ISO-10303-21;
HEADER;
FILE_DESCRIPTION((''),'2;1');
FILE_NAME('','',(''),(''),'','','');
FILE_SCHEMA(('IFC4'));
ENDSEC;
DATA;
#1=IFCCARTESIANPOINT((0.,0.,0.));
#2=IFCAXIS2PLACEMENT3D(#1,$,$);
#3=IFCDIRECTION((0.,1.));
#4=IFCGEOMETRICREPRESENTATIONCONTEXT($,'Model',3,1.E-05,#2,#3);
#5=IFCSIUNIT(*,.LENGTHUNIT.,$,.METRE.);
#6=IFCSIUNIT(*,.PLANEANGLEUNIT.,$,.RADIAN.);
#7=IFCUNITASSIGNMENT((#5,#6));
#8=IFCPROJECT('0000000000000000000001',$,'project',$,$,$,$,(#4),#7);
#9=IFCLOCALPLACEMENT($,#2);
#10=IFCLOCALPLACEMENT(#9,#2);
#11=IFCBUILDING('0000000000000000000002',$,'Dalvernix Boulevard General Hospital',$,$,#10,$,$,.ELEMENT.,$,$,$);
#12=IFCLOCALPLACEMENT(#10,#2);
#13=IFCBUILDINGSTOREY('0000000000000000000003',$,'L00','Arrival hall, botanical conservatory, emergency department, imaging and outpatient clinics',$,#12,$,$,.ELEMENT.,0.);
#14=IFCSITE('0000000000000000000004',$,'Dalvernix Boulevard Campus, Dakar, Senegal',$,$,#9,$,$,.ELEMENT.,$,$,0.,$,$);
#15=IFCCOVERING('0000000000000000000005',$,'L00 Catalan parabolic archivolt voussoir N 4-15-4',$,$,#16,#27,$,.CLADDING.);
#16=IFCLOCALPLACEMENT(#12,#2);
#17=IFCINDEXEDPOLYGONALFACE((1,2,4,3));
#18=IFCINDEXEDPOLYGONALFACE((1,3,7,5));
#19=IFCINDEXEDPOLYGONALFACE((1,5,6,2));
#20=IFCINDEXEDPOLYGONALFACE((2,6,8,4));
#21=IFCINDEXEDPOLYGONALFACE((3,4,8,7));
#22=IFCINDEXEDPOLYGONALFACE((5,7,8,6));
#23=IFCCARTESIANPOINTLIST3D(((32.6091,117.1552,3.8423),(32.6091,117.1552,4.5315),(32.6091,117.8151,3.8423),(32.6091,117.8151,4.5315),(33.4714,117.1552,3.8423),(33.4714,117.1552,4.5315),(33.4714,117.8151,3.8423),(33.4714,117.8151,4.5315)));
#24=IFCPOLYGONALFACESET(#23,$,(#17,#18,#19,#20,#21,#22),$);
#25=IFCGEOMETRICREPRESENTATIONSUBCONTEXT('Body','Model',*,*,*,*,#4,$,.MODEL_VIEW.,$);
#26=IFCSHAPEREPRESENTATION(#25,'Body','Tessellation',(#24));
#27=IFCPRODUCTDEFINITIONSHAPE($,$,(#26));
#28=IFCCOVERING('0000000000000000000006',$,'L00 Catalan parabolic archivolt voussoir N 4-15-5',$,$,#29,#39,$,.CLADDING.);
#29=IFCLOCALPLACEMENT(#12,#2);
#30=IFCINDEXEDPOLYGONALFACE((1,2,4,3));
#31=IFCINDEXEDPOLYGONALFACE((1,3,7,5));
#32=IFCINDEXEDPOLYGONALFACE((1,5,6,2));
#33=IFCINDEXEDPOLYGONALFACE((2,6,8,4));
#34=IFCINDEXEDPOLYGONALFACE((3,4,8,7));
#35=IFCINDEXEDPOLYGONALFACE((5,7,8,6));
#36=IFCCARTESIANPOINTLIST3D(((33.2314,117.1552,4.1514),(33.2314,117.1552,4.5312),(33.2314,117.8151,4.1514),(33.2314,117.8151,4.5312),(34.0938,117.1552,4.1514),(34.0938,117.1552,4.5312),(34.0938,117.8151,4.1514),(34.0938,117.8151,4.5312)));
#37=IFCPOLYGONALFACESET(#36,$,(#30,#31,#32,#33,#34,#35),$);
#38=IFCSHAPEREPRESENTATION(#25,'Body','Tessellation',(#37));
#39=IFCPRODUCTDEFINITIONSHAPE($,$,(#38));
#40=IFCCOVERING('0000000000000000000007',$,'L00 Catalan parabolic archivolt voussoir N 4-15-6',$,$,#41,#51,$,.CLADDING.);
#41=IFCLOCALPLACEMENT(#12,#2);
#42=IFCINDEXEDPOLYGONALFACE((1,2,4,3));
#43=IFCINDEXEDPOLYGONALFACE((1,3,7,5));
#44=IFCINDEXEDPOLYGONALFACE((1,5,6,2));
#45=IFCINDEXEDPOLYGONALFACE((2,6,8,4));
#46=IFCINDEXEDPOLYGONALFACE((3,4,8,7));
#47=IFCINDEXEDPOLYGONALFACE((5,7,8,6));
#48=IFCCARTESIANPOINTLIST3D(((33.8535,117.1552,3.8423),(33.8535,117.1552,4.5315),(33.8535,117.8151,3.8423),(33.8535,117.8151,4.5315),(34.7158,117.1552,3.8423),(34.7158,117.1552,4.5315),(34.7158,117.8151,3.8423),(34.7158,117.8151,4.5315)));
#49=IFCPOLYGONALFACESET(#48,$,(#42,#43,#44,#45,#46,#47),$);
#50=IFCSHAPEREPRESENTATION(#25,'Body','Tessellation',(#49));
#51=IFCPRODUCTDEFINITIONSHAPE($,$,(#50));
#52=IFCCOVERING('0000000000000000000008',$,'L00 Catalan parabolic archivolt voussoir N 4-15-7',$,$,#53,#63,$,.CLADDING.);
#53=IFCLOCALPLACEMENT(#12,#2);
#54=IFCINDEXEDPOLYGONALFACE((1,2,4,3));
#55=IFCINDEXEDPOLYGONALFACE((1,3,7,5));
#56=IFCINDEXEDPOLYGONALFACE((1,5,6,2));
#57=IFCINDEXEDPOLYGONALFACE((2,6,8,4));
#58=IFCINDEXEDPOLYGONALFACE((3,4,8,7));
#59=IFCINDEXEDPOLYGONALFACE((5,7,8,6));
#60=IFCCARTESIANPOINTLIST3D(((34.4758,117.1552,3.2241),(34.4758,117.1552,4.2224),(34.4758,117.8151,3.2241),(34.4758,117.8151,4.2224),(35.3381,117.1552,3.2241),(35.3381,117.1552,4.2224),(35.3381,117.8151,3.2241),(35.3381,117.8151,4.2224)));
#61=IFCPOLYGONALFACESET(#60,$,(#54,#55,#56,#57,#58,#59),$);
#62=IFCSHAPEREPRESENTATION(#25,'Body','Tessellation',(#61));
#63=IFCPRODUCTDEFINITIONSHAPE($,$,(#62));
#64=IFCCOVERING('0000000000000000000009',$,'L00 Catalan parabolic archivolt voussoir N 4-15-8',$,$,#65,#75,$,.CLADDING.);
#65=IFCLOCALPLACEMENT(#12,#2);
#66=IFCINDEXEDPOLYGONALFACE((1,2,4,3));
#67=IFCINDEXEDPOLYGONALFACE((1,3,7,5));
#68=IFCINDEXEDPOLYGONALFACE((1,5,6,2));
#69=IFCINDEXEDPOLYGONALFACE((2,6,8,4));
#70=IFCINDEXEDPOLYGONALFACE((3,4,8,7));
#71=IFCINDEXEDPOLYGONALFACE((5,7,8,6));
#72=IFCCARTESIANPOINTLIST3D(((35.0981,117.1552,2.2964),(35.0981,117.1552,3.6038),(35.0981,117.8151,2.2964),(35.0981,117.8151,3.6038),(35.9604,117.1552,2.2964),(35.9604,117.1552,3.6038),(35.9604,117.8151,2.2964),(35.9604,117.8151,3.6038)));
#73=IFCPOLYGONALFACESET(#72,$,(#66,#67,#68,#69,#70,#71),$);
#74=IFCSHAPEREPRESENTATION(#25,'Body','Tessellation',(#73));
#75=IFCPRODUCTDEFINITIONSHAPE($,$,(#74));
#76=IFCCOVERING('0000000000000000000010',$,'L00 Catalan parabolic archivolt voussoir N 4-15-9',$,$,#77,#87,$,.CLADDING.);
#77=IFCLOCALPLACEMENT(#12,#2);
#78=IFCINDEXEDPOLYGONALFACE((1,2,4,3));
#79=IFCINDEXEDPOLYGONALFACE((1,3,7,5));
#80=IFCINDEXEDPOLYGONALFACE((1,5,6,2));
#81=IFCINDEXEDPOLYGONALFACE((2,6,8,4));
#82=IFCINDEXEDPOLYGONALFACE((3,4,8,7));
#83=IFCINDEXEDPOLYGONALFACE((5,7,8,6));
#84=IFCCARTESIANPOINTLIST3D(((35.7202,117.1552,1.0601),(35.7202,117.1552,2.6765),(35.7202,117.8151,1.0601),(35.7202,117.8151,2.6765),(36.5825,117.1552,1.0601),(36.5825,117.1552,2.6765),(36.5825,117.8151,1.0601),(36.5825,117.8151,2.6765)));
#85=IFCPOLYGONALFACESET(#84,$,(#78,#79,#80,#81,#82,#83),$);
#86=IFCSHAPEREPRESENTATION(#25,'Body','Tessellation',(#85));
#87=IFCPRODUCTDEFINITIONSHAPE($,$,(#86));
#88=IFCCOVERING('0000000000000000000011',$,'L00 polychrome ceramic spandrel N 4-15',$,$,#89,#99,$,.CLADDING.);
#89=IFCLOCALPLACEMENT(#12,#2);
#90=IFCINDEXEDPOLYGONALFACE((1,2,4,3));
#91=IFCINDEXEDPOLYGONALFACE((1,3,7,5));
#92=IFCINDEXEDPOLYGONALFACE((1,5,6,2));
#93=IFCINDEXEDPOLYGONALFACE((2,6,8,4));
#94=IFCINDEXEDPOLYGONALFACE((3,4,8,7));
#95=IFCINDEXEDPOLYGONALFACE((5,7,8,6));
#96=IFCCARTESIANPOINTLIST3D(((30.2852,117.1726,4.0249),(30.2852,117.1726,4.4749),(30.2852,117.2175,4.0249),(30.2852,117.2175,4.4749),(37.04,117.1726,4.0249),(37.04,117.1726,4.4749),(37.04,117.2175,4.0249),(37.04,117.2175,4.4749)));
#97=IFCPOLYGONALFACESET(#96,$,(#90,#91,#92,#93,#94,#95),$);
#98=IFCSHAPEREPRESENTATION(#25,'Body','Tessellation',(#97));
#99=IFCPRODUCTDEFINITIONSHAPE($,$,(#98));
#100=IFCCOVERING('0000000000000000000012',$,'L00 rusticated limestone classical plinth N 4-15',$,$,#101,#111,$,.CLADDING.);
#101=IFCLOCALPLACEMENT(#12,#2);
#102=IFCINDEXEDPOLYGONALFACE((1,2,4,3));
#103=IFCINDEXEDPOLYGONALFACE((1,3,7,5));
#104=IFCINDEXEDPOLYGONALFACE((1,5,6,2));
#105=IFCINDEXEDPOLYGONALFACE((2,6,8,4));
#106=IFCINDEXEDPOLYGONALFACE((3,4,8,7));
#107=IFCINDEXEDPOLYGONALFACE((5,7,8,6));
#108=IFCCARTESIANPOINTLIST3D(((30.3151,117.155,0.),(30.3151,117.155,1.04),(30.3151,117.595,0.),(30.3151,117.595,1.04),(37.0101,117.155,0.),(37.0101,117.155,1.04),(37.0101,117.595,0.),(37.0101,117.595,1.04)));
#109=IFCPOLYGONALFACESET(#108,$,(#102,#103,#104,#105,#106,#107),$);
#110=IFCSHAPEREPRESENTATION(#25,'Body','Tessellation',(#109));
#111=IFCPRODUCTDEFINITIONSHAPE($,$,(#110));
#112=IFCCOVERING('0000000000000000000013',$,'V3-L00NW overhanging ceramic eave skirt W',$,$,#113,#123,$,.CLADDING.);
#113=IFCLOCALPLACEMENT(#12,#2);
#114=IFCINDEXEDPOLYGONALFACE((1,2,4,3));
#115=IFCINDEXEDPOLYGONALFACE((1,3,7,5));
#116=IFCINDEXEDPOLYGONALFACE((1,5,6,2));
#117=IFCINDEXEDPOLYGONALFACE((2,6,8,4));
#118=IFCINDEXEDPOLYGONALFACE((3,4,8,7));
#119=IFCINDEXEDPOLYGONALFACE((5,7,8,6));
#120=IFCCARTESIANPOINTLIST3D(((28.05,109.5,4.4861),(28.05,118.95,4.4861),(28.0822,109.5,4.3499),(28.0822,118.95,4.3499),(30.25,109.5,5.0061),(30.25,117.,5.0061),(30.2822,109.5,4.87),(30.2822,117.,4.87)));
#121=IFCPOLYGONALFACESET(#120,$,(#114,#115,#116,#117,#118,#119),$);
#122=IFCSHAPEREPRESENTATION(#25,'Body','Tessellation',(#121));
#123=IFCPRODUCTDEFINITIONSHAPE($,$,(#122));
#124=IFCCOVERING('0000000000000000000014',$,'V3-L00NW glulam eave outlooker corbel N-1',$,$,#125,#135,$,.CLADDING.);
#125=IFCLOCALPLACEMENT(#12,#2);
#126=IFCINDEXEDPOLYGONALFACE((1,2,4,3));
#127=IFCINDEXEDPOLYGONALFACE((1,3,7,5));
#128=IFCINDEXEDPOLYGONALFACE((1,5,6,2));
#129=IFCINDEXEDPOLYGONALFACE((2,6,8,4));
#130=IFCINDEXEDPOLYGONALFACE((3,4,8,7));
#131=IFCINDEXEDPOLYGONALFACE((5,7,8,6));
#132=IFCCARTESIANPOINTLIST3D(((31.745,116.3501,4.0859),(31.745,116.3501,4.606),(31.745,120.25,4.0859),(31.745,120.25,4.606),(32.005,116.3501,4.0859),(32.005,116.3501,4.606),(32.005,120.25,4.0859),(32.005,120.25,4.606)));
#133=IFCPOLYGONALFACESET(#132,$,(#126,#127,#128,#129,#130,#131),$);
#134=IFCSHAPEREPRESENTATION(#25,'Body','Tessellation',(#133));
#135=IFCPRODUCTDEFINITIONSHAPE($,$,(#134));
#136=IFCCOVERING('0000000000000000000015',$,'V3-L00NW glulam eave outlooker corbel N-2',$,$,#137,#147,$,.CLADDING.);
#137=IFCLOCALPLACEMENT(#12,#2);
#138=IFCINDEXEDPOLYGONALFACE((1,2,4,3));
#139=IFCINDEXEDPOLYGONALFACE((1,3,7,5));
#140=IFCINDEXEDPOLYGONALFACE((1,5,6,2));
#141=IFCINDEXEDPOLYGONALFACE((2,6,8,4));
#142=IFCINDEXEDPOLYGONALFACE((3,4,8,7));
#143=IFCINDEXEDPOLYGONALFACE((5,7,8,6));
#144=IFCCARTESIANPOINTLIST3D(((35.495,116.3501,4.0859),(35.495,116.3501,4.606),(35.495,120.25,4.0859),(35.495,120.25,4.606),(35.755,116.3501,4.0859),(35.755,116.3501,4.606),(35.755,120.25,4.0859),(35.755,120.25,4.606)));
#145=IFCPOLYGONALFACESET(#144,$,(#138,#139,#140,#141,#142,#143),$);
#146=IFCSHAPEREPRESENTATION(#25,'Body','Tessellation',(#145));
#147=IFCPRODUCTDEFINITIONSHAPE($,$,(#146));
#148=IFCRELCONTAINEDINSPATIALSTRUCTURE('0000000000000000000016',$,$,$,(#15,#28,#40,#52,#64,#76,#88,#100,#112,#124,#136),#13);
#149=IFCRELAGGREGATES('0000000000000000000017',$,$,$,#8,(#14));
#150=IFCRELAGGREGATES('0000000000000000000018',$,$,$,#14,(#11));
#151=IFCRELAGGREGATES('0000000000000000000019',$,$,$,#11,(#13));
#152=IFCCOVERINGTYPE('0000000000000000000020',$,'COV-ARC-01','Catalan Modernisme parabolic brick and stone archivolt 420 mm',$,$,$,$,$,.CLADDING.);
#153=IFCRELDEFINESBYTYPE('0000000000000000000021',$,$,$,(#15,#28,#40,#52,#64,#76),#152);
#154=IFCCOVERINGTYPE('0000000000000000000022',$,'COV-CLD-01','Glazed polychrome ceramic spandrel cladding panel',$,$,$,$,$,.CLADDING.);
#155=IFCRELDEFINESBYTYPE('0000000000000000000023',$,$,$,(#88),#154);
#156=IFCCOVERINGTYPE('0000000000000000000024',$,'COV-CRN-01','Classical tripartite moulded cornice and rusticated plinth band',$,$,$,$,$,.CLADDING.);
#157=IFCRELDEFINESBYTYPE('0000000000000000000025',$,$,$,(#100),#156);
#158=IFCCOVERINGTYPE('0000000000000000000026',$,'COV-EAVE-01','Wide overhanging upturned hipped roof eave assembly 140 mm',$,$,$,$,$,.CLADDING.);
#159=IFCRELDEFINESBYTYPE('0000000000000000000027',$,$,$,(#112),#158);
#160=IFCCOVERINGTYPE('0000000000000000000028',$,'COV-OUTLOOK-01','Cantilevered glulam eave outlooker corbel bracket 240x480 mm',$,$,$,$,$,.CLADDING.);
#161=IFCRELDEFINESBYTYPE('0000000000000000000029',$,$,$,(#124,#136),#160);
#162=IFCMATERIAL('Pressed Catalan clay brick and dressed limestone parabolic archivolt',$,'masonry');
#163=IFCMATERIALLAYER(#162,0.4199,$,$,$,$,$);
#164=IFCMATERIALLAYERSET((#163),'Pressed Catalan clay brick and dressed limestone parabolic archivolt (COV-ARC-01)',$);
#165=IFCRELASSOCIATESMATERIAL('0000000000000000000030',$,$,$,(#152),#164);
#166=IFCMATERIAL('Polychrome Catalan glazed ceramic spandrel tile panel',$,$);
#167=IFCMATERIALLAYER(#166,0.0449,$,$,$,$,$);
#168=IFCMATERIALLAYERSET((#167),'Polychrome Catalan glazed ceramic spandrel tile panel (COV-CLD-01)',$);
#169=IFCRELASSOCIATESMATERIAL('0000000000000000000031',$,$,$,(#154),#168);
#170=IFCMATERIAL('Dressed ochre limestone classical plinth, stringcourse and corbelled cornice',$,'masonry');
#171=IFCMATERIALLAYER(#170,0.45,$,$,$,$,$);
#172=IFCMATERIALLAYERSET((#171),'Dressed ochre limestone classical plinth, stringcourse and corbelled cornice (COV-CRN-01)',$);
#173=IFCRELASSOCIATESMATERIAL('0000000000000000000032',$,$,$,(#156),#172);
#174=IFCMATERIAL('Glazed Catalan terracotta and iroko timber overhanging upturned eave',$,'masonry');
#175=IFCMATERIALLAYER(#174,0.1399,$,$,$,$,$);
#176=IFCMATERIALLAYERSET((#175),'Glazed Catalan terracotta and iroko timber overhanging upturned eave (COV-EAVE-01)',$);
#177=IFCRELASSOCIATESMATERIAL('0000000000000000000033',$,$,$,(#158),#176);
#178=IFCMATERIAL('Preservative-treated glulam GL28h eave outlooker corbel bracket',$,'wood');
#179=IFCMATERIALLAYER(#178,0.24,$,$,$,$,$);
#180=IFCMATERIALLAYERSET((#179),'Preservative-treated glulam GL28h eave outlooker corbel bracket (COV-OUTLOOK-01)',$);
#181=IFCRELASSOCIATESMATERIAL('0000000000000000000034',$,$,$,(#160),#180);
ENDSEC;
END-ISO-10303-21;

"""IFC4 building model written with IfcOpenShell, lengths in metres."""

from ifc_helpers import new_model, si_unit, direction, frame, origin, origin_2d, place, context, subcontext, project, spatial, polyline, rectangle, outline, extrude, material, layer, layer_set, type_object, element, save


model = new_model("IFC4")

# Units and contexts
model_context = context("Model", 3, precision=1e-05, world=origin(), true_north=direction((0.0, 1.0)))
body_context = subcontext(model_context, "Body", "Model", "MODEL_VIEW")
ifc_project = project(units=[si_unit("LENGTHUNIT", "METRE"), si_unit("PLANEANGLEUNIT", "RADIAN")], contexts=[model_context])

# Site, building, storey
site_placement = place(None, origin())
site = spatial("IfcSite", under=ifc_project, at=site_placement, Name="Dalvernix Boulevard Campus, Dakar, Senegal", CompositionType="ELEMENT", RefElevation=0.0)
building_placement = place(site_placement, origin())
building = spatial("IfcBuilding", under=site, at=building_placement, Name="Dalvernix Boulevard General Hospital", CompositionType="ELEMENT")
storey_placement = place(building_placement, origin())
storey = spatial("IfcBuildingStorey", under=building, at=storey_placement, Name="L00", Description="Arrival hall, botanical conservatory, emergency department, imaging and outpatient clinics", CompositionType="ELEMENT", Elevation=0.0)

# Coverings
ifc_material_1 = material(Name="Pressed Catalan clay brick and dressed limestone parabolic archivolt", Category="masonry")
ifc_layer_1 = layer(ifc_material_1, 0.4199)
ifc_layer_set_1 = layer_set([ifc_layer_1], Name="Pressed Catalan clay brick and dressed limestone parabolic archivolt (COV-ARC-01)")
covering_type_1 = type_object("IfcCoveringType", Name="COV-ARC-01", Description="Catalan Modernisme parabolic brick and stone archivolt 420 mm", PredefinedType="CLADDING", material=ifc_layer_set_1)
covering_1_placement = place(storey_placement, frame((33.0403, 117.4851, 3.8423), z_axis=(0.0, 0.0, 1.0), x_axis=(1.0, 0.0, 0.0)))
element("IfcCovering", 1, at=covering_1_placement, inside=storey, type_object=covering_type_1, Name="L00 Catalan parabolic archivolt voussoir N 4-15-4", PredefinedType="CLADDING", context=body_context, shape_type="SweptSolid", body=[
    extrude(rectangle(XDim=0.8623, YDim=0.6599, at=origin_2d()), origin(), (0.0, 0.0, 1.0), 0.6892),
])
covering_2_placement = place(storey_placement, frame((33.6626, 117.4851, 4.1514), z_axis=(0.0, 0.0, 1.0), x_axis=(1.0, 0.0, 0.0)))
element("IfcCovering", 2, at=covering_2_placement, inside=storey, type_object=covering_type_1, Name="L00 Catalan parabolic archivolt voussoir N 4-15-5", PredefinedType="CLADDING", context=body_context, shape_type="SweptSolid", body=[
    extrude(rectangle(XDim=0.8623, YDim=0.6599, at=origin_2d()), origin(), (0.0, 0.0, 1.0), 0.3799),
])
covering_3_placement = place(storey_placement, frame((34.2847, 117.4851, 3.8423), z_axis=(0.0, 0.0, 1.0), x_axis=(1.0, 0.0, 0.0)))
element("IfcCovering", 3, at=covering_3_placement, inside=storey, type_object=covering_type_1, Name="L00 Catalan parabolic archivolt voussoir N 4-15-6", PredefinedType="CLADDING", context=body_context, shape_type="SweptSolid", body=[
    extrude(rectangle(XDim=0.8623, YDim=0.6599, at=origin_2d()), origin(), (0.0, 0.0, 1.0), 0.6892),
])
covering_4_placement = place(storey_placement, frame((34.907, 117.4851, 3.2241), z_axis=(0.0, 0.0, 1.0), x_axis=(1.0, 0.0, 0.0)))
element("IfcCovering", 4, at=covering_4_placement, inside=storey, type_object=covering_type_1, Name="L00 Catalan parabolic archivolt voussoir N 4-15-7", PredefinedType="CLADDING", context=body_context, shape_type="SweptSolid", body=[
    extrude(rectangle(XDim=0.8623, YDim=0.6599, at=origin_2d()), origin(), (0.0, 0.0, 1.0), 0.9983),
])
covering_5_placement = place(storey_placement, frame((35.5293, 117.4851, 2.2964), z_axis=(0.0, 0.0, 1.0), x_axis=(1.0, 0.0, 0.0)))
element("IfcCovering", 5, at=covering_5_placement, inside=storey, type_object=covering_type_1, Name="L00 Catalan parabolic archivolt voussoir N 4-15-8", PredefinedType="CLADDING", context=body_context, shape_type="SweptSolid", body=[
    extrude(rectangle(XDim=0.8623, YDim=0.6599, at=origin_2d()), origin(), (0.0, 0.0, 1.0), 1.3074),
])
covering_6_placement = place(storey_placement, frame((36.1514, 117.4851, 1.0601), z_axis=(0.0, 0.0, 1.0), x_axis=(1.0, 0.0, 0.0)))
element("IfcCovering", 6, at=covering_6_placement, inside=storey, type_object=covering_type_1, Name="L00 Catalan parabolic archivolt voussoir N 4-15-9", PredefinedType="CLADDING", context=body_context, shape_type="SweptSolid", body=[
    extrude(rectangle(XDim=0.8623, YDim=0.6599, at=origin_2d()), origin(), (0.0, 0.0, 1.0), 1.6165),
])
ifc_material_2 = material(Name="Polychrome Catalan glazed ceramic spandrel tile panel")
ifc_layer_2 = layer(ifc_material_2, 0.0449)
ifc_layer_set_2 = layer_set([ifc_layer_2], Name="Polychrome Catalan glazed ceramic spandrel tile panel (COV-CLD-01)")
covering_type_2 = type_object("IfcCoveringType", Name="COV-CLD-01", Description="Glazed polychrome ceramic spandrel cladding panel", PredefinedType="CLADDING", material=ifc_layer_set_2)
covering_7_placement = place(storey_placement, frame((33.6626, 117.1951, 4.0249), z_axis=(0.0, 0.0, 1.0), x_axis=(1.0, 0.0, 0.0)))
element("IfcCovering", 7, at=covering_7_placement, inside=storey, type_object=covering_type_2, Name="L00 polychrome ceramic spandrel N 4-15", PredefinedType="CLADDING", context=body_context, shape_type="SweptSolid", body=[
    extrude(rectangle(XDim=6.7549, YDim=0.0449, at=origin_2d()), origin(), (0.0, 0.0, 1.0), 0.45),
])
ifc_material_3 = material(Name="Dressed ochre limestone classical plinth, stringcourse and corbelled cornice", Category="masonry")
ifc_layer_3 = layer(ifc_material_3, 0.45)
ifc_layer_set_3 = layer_set([ifc_layer_3], Name="Dressed ochre limestone classical plinth, stringcourse and corbelled cornice (COV-CRN-01)")
covering_type_3 = type_object("IfcCoveringType", Name="COV-CRN-01", Description="Classical tripartite moulded cornice and rusticated plinth band", PredefinedType="CLADDING", material=ifc_layer_set_3)
covering_8_placement = place(storey_placement, frame((33.6626, 117.375, 0.0), z_axis=(0.0, 0.0, 1.0), x_axis=(1.0, 0.0, 0.0)))
element("IfcCovering", 8, at=covering_8_placement, inside=storey, type_object=covering_type_3, Name="L00 rusticated limestone classical plinth N 4-15", PredefinedType="CLADDING", context=body_context, shape_type="SweptSolid", body=[
    extrude(rectangle(XDim=6.6951, YDim=0.4399, at=origin_2d()), origin(), (0.0, 0.0, 1.0), 1.04),
])
ifc_material_4 = material(Name="Glazed Catalan terracotta and iroko timber overhanging upturned eave", Category="masonry")
ifc_layer_4 = layer(ifc_material_4, 0.1399)
ifc_layer_set_4 = layer_set([ifc_layer_4], Name="Glazed Catalan terracotta and iroko timber overhanging upturned eave (COV-EAVE-01)")
covering_type_4 = type_object("IfcCoveringType", Name="COV-EAVE-01", Description="Wide overhanging upturned hipped roof eave assembly 140 mm", PredefinedType="CLADDING", material=ifc_layer_set_4)
covering_9_placement = place(storey_placement, frame((30.25, 117.0, 5.0061), z_axis=(-0.230038, 0.0, 0.973182), x_axis=(0.0, -1.0, 0.0)))
element("IfcCovering", 9, at=covering_9_placement, inside=storey, type_object=covering_type_4, Name="V3-L00NW overhanging ceramic eave skirt W", PredefinedType="CLADDING", context=body_context, shape_type="SweptSolid", body=[
    extrude(outline(polyline([(0.0, 0.0), (7.5, 0.0), (7.5, -2.2606), (-1.95, -2.2606), (0.0, 0.0)])), origin(), (0.0, 0.0, -1.0), 0.1399),
])
ifc_material_5 = material(Name="Preservative-treated glulam GL28h eave outlooker corbel bracket", Category="wood")
ifc_layer_5 = layer(ifc_material_5, 0.24)
ifc_layer_set_5 = layer_set([ifc_layer_5], Name="Preservative-treated glulam GL28h eave outlooker corbel bracket (COV-OUTLOOK-01)")
covering_type_5 = type_object("IfcCoveringType", Name="COV-OUTLOOK-01", Description="Cantilevered glulam eave outlooker corbel bracket 240x480 mm", PredefinedType="CLADDING", material=ifc_layer_set_5)
for number, where, z_axis, x_axis, name in (
    (10, (31.875, 118.3, 4.0859), (0.0, 0.0, 1.0), (1.0, 0.0, 0.0), "V3-L00NW glulam eave outlooker corbel N-1"),
    (11, (35.625, 118.3, 4.0859), (0.0, 0.0, 1.0), (1.0, 0.0, 0.0), "V3-L00NW glulam eave outlooker corbel N-2"),
):
    element("IfcCovering", number, at=place(storey_placement, frame(where, z_axis=z_axis, x_axis=x_axis)), inside=storey, type_object=covering_type_5, Name=name, PredefinedType="CLADDING", context=body_context, shape_type="SweptSolid", body=[
        extrude(rectangle(XDim=0.26, YDim=3.8999, at=origin_2d()), origin(), (0.0, 0.0, 1.0), 0.52),
    ])

save(model, "model.ifc")
